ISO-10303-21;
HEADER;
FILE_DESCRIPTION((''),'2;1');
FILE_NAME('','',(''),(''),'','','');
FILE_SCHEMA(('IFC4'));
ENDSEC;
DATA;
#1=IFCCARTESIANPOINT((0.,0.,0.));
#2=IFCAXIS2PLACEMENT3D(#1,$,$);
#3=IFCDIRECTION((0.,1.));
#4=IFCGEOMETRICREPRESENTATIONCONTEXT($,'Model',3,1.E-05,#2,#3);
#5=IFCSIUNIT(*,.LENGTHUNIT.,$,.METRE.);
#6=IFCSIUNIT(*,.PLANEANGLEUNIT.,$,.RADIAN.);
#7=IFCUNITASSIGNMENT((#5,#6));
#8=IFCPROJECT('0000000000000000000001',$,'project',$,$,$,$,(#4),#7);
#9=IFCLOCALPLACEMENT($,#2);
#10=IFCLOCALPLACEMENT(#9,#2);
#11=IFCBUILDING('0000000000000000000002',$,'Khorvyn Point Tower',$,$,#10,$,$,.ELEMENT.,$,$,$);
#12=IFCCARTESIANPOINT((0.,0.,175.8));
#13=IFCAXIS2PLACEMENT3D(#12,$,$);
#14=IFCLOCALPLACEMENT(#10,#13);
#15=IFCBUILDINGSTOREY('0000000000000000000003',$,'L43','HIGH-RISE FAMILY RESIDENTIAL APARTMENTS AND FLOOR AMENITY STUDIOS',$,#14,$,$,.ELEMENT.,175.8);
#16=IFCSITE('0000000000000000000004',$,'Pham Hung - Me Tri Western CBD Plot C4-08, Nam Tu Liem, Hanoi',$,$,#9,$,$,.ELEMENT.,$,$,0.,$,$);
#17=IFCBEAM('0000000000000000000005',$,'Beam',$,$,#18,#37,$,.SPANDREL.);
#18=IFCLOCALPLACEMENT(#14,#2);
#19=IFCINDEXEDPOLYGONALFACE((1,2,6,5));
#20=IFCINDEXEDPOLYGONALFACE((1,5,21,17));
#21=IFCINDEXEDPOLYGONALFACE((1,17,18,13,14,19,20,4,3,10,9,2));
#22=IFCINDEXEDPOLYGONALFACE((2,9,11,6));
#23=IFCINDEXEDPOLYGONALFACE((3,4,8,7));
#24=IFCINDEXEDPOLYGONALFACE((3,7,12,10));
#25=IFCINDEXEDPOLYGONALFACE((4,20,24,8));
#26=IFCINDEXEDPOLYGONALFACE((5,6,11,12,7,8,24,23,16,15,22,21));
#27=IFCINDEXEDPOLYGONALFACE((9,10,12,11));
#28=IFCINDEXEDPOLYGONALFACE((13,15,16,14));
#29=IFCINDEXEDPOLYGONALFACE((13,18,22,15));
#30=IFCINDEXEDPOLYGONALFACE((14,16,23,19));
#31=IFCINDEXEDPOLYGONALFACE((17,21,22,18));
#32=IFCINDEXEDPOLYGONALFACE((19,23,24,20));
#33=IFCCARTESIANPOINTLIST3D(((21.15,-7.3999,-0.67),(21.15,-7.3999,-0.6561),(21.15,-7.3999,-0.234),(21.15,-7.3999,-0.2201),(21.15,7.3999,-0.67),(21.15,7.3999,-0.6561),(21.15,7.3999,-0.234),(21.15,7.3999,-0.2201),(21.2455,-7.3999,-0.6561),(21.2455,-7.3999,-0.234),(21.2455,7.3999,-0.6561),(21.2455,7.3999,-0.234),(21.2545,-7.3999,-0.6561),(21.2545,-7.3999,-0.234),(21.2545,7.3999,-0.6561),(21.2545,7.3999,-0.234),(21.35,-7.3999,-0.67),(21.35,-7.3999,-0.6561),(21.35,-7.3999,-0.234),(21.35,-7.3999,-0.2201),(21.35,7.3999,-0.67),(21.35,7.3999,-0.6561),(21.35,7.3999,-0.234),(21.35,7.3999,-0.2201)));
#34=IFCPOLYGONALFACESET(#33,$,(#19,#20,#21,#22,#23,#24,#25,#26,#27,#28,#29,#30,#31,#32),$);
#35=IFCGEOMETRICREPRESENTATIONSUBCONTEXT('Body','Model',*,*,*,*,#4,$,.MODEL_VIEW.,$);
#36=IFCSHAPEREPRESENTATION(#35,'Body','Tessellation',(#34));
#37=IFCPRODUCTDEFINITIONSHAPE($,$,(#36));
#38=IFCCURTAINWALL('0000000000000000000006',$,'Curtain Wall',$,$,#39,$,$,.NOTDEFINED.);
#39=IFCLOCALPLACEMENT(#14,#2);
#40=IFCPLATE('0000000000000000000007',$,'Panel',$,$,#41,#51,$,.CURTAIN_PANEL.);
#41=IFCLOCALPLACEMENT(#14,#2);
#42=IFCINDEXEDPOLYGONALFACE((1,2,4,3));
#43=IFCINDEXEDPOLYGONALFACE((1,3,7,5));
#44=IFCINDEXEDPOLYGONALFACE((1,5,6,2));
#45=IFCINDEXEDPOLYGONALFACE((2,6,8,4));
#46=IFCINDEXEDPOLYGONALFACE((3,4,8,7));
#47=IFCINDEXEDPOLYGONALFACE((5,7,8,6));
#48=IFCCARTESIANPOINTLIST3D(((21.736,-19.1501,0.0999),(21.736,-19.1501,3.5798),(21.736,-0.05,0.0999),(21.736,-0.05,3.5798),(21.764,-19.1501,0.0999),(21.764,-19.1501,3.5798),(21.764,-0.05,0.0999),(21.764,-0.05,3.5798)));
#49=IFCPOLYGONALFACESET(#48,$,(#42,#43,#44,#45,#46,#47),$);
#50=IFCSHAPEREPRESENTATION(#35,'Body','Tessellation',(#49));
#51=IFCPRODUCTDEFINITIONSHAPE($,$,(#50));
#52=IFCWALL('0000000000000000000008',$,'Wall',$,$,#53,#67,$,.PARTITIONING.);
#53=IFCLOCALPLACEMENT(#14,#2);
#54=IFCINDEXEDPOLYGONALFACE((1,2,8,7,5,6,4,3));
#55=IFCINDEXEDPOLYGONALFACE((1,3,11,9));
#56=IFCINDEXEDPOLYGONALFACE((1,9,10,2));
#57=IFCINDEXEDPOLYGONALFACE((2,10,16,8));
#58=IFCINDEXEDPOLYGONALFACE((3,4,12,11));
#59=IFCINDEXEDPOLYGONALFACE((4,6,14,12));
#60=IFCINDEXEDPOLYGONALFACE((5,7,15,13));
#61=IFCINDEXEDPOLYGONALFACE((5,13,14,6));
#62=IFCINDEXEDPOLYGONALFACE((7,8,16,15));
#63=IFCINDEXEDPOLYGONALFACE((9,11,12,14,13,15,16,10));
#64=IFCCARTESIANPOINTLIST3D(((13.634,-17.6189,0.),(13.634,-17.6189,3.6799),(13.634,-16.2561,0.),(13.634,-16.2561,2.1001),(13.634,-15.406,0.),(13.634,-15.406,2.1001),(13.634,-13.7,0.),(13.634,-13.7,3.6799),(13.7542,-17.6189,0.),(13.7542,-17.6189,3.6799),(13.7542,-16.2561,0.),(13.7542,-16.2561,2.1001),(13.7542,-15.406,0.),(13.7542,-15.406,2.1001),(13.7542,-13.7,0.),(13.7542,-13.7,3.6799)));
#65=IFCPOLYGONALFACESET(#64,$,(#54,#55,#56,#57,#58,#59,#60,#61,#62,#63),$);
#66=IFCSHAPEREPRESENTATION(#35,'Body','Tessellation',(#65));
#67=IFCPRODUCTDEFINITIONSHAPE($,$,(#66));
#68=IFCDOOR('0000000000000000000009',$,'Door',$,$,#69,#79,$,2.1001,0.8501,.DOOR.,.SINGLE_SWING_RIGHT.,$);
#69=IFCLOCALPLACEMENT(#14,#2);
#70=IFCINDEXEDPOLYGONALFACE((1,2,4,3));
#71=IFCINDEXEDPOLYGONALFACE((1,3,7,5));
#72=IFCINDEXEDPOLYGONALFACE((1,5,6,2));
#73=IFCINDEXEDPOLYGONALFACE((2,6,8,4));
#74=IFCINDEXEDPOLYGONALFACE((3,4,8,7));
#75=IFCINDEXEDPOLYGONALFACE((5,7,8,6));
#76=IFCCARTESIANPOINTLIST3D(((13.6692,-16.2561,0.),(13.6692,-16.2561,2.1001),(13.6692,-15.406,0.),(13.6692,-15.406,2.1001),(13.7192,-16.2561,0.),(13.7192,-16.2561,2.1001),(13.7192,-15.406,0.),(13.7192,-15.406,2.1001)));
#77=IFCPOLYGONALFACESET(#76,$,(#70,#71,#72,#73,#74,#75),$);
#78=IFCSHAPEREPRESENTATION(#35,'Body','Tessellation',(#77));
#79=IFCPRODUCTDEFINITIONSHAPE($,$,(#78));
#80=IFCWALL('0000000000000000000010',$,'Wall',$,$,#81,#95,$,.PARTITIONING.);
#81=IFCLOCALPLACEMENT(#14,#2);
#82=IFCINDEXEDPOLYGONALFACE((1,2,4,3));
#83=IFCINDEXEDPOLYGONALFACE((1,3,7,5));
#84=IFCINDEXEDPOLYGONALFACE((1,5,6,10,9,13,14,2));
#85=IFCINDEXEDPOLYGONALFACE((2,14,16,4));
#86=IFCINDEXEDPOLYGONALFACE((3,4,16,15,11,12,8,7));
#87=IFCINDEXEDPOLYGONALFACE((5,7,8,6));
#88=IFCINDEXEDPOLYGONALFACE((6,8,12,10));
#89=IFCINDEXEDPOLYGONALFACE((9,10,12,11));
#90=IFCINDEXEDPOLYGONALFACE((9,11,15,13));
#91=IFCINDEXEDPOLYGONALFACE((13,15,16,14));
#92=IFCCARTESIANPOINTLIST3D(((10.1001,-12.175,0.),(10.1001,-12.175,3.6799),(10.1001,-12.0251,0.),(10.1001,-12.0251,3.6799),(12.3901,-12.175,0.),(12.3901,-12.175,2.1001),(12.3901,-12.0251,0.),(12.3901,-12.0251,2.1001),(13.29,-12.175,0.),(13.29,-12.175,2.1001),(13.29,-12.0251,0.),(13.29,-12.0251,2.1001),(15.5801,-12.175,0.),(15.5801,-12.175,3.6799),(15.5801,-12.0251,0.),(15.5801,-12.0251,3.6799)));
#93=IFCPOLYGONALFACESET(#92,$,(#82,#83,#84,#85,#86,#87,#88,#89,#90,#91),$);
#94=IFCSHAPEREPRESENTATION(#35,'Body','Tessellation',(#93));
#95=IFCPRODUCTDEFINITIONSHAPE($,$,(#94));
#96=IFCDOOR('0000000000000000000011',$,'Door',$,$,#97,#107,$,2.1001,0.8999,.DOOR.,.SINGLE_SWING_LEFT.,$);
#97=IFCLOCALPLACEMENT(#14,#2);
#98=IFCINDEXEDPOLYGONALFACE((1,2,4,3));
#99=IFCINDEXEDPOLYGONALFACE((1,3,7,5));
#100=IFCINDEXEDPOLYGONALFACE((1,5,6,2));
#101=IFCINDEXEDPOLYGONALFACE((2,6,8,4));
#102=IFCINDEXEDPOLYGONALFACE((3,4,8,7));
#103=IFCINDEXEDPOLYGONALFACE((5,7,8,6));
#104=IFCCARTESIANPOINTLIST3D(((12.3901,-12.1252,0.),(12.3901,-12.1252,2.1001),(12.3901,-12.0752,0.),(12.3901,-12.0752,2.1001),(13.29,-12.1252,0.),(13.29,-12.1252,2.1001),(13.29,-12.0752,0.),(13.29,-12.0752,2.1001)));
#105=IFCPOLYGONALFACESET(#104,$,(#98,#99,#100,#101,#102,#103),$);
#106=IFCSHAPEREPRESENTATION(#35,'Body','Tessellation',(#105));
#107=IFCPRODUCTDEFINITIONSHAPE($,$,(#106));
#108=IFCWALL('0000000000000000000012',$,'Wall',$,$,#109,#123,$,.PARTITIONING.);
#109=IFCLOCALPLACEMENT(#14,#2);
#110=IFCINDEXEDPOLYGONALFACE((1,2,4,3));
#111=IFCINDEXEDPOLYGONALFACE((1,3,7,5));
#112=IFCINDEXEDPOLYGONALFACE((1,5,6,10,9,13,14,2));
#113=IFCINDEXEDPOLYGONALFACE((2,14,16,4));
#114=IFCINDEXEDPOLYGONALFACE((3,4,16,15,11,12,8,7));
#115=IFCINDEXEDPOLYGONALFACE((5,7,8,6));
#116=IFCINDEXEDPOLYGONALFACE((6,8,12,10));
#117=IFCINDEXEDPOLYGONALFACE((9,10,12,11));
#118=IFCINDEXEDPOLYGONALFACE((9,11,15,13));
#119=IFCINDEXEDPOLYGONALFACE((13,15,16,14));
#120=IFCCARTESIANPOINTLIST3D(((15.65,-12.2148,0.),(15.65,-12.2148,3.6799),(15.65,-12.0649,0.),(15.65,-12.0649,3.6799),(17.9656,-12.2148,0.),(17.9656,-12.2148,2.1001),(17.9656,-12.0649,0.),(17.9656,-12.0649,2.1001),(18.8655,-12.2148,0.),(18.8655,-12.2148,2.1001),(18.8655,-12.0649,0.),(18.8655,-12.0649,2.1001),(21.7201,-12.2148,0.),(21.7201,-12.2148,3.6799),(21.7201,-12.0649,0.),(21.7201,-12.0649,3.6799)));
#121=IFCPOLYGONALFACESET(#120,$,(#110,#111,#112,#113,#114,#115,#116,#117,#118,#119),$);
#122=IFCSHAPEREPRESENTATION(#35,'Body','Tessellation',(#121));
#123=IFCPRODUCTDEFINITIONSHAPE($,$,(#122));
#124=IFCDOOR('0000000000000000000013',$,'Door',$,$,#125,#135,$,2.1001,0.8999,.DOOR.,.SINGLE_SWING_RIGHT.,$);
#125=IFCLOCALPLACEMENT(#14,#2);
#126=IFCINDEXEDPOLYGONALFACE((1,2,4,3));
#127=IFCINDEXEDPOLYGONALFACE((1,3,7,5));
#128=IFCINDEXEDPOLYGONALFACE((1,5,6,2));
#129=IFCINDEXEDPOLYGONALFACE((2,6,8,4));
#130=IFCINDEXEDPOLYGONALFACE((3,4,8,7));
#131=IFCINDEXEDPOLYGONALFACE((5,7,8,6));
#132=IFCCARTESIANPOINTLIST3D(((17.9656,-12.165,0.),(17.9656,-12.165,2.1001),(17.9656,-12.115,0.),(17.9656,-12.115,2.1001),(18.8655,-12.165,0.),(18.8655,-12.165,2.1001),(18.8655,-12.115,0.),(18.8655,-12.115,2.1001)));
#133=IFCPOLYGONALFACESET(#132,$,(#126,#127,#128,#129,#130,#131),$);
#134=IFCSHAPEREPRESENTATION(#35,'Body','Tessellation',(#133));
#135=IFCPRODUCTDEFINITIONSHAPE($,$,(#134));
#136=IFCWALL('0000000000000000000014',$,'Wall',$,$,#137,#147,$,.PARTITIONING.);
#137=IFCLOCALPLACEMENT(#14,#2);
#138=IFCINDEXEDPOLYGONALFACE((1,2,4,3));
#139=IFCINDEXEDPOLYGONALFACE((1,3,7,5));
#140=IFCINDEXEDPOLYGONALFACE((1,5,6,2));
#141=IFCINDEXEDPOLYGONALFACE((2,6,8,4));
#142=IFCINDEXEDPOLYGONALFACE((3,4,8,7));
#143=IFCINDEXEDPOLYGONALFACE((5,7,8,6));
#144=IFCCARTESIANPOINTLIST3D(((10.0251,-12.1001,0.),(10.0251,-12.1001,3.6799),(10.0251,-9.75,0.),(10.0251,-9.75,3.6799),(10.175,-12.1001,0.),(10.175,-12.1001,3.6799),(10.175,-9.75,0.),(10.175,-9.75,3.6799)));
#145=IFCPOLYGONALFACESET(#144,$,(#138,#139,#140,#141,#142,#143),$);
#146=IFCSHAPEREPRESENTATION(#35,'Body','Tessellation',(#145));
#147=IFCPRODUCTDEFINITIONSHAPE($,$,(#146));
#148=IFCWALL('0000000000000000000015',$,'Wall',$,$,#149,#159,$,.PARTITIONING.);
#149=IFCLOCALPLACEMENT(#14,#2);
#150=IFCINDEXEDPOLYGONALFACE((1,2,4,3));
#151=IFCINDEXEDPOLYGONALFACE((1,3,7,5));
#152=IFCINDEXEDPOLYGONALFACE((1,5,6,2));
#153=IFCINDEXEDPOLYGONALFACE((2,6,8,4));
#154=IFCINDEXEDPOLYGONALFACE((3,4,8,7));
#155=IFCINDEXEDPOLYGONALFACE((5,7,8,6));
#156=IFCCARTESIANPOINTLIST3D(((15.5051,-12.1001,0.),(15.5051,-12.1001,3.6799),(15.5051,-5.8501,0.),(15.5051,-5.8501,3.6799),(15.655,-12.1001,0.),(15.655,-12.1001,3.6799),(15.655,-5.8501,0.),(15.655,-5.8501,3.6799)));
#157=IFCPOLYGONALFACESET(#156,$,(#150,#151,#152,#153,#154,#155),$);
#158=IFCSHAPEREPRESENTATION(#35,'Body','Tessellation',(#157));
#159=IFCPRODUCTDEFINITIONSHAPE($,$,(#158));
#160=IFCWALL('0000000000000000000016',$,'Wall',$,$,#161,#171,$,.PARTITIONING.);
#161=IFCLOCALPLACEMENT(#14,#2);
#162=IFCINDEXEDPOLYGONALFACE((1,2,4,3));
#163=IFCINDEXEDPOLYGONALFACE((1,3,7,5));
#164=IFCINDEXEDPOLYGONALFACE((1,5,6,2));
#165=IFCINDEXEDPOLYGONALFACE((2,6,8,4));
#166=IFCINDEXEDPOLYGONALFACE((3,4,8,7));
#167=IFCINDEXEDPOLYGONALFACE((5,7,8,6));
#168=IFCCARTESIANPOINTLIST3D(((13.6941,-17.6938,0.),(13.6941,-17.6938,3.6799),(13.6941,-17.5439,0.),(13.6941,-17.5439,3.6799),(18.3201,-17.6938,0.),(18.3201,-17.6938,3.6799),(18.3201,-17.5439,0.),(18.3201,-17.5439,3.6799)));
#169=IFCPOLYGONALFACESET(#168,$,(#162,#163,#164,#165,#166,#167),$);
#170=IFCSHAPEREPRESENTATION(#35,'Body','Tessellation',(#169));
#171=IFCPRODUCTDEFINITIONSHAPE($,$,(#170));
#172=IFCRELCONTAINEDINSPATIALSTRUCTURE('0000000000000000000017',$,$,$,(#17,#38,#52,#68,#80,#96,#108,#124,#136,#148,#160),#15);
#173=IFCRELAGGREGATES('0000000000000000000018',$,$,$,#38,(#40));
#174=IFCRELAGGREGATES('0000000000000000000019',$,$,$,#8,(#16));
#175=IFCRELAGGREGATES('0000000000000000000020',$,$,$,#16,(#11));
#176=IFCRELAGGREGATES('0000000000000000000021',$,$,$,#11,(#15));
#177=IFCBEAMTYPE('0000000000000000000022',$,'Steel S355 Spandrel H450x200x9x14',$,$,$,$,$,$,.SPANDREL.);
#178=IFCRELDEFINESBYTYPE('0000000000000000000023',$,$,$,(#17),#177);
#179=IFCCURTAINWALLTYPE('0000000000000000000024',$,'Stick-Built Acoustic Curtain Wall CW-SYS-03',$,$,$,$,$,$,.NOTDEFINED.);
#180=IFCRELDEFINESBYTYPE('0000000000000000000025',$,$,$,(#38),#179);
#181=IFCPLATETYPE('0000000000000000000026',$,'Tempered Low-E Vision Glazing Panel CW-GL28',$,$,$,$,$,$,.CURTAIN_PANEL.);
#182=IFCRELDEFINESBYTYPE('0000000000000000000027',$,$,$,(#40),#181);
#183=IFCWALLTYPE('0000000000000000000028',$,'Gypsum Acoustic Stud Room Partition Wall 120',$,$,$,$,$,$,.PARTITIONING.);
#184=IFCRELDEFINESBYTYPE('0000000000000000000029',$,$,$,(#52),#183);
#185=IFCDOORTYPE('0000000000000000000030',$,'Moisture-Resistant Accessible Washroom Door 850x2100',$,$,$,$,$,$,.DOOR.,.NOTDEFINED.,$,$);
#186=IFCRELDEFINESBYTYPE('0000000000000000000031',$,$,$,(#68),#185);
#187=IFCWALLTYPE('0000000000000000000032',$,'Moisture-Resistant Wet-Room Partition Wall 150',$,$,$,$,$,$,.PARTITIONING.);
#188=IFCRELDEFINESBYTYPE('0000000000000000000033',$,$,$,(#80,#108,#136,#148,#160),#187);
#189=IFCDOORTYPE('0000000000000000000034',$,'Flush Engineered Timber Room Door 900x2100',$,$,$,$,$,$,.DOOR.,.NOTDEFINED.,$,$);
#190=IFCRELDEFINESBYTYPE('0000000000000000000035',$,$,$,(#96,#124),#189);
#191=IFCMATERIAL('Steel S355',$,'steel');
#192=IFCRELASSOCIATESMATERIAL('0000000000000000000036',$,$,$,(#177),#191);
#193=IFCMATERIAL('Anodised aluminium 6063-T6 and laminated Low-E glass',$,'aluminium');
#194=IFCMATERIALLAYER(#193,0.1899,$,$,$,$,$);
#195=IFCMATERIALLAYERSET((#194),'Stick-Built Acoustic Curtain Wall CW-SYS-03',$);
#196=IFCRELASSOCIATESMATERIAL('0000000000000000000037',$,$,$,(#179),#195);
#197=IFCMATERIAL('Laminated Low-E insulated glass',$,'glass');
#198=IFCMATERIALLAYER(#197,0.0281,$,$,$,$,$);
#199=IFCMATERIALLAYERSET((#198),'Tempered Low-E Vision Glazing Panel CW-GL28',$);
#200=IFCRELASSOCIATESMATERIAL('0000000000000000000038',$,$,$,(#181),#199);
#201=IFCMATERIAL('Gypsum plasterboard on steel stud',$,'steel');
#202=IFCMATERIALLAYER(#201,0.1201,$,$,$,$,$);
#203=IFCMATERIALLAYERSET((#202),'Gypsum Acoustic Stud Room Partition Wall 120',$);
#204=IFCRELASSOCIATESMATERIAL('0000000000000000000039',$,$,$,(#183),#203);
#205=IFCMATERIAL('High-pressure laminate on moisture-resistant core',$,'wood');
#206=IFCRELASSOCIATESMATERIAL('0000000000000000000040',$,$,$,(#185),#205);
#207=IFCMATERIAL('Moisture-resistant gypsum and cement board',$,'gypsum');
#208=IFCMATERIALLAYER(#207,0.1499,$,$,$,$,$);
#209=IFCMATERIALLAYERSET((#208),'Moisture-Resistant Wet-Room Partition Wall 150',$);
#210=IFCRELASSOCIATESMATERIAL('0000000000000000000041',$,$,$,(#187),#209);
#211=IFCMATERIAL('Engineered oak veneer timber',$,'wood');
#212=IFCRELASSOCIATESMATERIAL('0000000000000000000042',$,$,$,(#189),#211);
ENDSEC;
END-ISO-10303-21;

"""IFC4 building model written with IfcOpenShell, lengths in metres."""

from ifc_helpers import new_model, si_unit, direction, frame, frame_2d, origin, origin_2d, place, context, subcontext, project, spatial, rectangle, i_section, extrude, material, layer, layer_set, material_profile, profile_set, type_object, element, fill, aggregate, save


model = new_model("IFC4")

# Units and contexts
model_context = context("Model", 3, precision=1e-05, world=origin(), true_north=direction((0.0, 1.0)))
body_context = subcontext(model_context, "Body", "Model", "MODEL_VIEW")
ifc_project = project(units=[si_unit("LENGTHUNIT", "METRE"), si_unit("PLANEANGLEUNIT", "RADIAN")], contexts=[model_context])

# Site, building, storey
site_placement = place(None, origin())
site = spatial("IfcSite", under=ifc_project, at=site_placement, Name="Pham Hung - Me Tri Western CBD Plot C4-08, Nam Tu Liem, Hanoi", CompositionType="ELEMENT", RefElevation=0.0)
building_placement = place(site_placement, origin())
building = spatial("IfcBuilding", under=site, at=building_placement, Name="Khorvyn Point Tower", CompositionType="ELEMENT")
storey_placement = place(building_placement, frame((0.0, 0.0, 175.8)))
storey = spatial("IfcBuildingStorey", under=building, at=storey_placement, Name="L43", Description="HIGH-RISE FAMILY RESIDENTIAL APARTMENTS AND FLOOR AMENITY STUDIOS", CompositionType="ELEMENT", Elevation=175.8)

# Beam
ifc_material_1 = material(Name="Steel S355", Category="steel")
ifc_material_profile_1 = material_profile(ifc_material_1, i_section(OverallWidth=0.2, OverallDepth=0.45, WebThickness=0.009, FlangeThickness=0.0139, at=origin_2d()))
ifc_profile_set_1 = profile_set([ifc_material_profile_1], Name="Steel S355 H450x200x9x14")
beam_type_1 = type_object("IfcBeamType", Name="Steel S355 Spandrel H450x200x9x14", PredefinedType="SPANDREL", material=ifc_profile_set_1)
beam_1_placement = place(storey_placement, frame((21.25, -7.3999, -0.4451), z_axis=(0.0, 1.0, 0.0), x_axis=(-1.0, 0.0, 0.0)))
element("IfcBeam", 1, at=beam_1_placement, inside=storey, type_object=beam_type_1, Name="Beam", PredefinedType="SPANDREL", context=body_context, shape_type="SweptSolid", body=[
    extrude(i_section(OverallWidth=0.2, OverallDepth=0.45, WebThickness=0.009, FlangeThickness=0.0139, at=origin_2d()), origin(), (0.0, 0.0, 1.0), 14.7998),
])

# Curtain wall, plate
ifc_material_2 = material(Name="Anodised aluminium 6063-T6 and laminated Low-E glass", Category="aluminium")
ifc_layer_1 = layer(ifc_material_2, 0.1899)
ifc_layer_set_1 = layer_set([ifc_layer_1], Name="Stick-Built Acoustic Curtain Wall CW-SYS-03")
curtain_wall_type = type_object("IfcCurtainWallType", Name="Stick-Built Acoustic Curtain Wall CW-SYS-03", PredefinedType="NOTDEFINED", material=ifc_layer_set_1)
curtain_wall_placement = place(storey_placement, origin())
curtain_wall = element("IfcCurtainWall", 2, at=curtain_wall_placement, inside=storey, type_object=curtain_wall_type, Name="Curtain Wall", PredefinedType="NOTDEFINED")
ifc_material_3 = material(Name="Laminated Low-E insulated glass", Category="glass")
ifc_layer_2 = layer(ifc_material_3, 0.0281)
ifc_layer_set_2 = layer_set([ifc_layer_2], Name="Tempered Low-E Vision Glazing Panel CW-GL28")
plate_type = type_object("IfcPlateType", Name="Tempered Low-E Vision Glazing Panel CW-GL28", PredefinedType="CURTAIN_PANEL", material=ifc_layer_set_2)
plate_placement = place(storey_placement, frame((21.75, -9.6001, 0.0999), z_axis=(0.0, 0.0, 1.0), x_axis=(0.0, -1.0, 0.0)))
plate = element("IfcPlate", 3, at=plate_placement, type_object=plate_type, Name="Panel", PredefinedType="CURTAIN_PANEL", context=body_context, shape_type="SweptSolid", body=[
    extrude(rectangle(XDim=19.1001, YDim=0.0281, at=origin_2d()), origin(), (0.0, 0.0, 1.0), 3.48),
])
aggregate(curtain_wall, [plate])

# Walls, openings, doors
ifc_material_4 = material(Name="Gypsum plasterboard on steel stud", Category="steel")
ifc_layer_3 = layer(ifc_material_4, 0.1201)
ifc_layer_set_3 = layer_set([ifc_layer_3], Name="Gypsum Acoustic Stud Room Partition Wall 120")
wall_type_1 = type_object("IfcWallType", Name="Gypsum Acoustic Stud Room Partition Wall 120", PredefinedType="PARTITIONING", material=ifc_layer_set_3)
wall_1_placement = place(storey_placement, frame((13.6941, -17.6189, 0.0), z_axis=(0.0, 0.0, 1.0), x_axis=(0.0, 1.0, 0.0)))
wall_1 = element("IfcWall", 4, at=wall_1_placement, inside=storey, type_object=wall_type_1, Name="Wall", PredefinedType="PARTITIONING", context=body_context, shape_type="SweptSolid", body=[
    extrude(rectangle(XDim=3.9189, YDim=0.1201, at=frame_2d((1.9595, 0.0))), origin(), (0.0, 0.0, 1.0), 3.6799),
])
opening_1_placement = place(wall_1_placement, frame((1.3628, 0.0, 0.0)))
opening_1 = element("IfcOpeningElement", 5, at=opening_1_placement, cuts=wall_1, PredefinedType="OPENING", context=body_context, shape_type="SweptSolid", body=[
    extrude(rectangle(XDim=0.8501, YDim=2.1001, at=frame_2d((0.425, 1.05))), frame((0.0, 0.0701, 0.0), z_axis=(0.0, -1.0, 0.0), x_axis=(1.0, 0.0, 0.0)), (0.0, 0.0, 1.0), 0.1401),
])
ifc_material_5 = material(Name="High-pressure laminate on moisture-resistant core", Category="wood")
door_type_1 = type_object("IfcDoorType", Name="Moisture-Resistant Accessible Washroom Door 850x2100", OperationType="NOTDEFINED", PredefinedType="DOOR", material=ifc_material_5)
door_1_placement = place(opening_1_placement, origin())
door_1 = element("IfcDoor", 6, at=door_1_placement, inside=storey, type_object=door_type_1, Name="Door", OperationType="SINGLE_SWING_RIGHT", OverallHeight=2.1001, OverallWidth=0.8501, PredefinedType="DOOR", context=body_context, shape_type="SweptSolid", body=[
    extrude(rectangle(XDim=0.8501, YDim=2.1001, at=frame_2d((0.425, 1.05))), frame((0.0, 0.0249, 0.0), z_axis=(0.0, -1.0, 0.0), x_axis=(1.0, 0.0, 0.0)), (0.0, 0.0, 1.0), 0.05),
])
fill(opening_1, door_1)
ifc_material_6 = material(Name="Moisture-resistant gypsum and cement board", Category="gypsum")
ifc_layer_4 = layer(ifc_material_6, 0.1499)
ifc_layer_set_4 = layer_set([ifc_layer_4], Name="Moisture-Resistant Wet-Room Partition Wall 150")
wall_type_2 = type_object("IfcWallType", Name="Moisture-Resistant Wet-Room Partition Wall 150", PredefinedType="PARTITIONING", material=ifc_layer_set_4)
wall_2_placement = place(storey_placement, frame((10.1001, -12.1001, 0.0), z_axis=(0.0, 0.0, 1.0), x_axis=(1.0, 0.0, 0.0)))
wall_2 = element("IfcWall", 7, at=wall_2_placement, inside=storey, type_object=wall_type_2, Name="Wall", PredefinedType="PARTITIONING", context=body_context, shape_type="SweptSolid", body=[
    extrude(rectangle(XDim=5.48, YDim=0.1499, at=frame_2d((2.74, 0.0))), origin(), (0.0, 0.0, 1.0), 3.6799),
])
opening_2_placement = place(wall_2_placement, frame((2.29, 0.0, 0.0)))
opening_2 = element("IfcOpeningElement", 8, at=opening_2_placement, cuts=wall_2, PredefinedType="OPENING", context=body_context, shape_type="SweptSolid", body=[
    extrude(rectangle(XDim=0.8999, YDim=2.1001, at=frame_2d((0.45, 1.05))), frame((0.0, 0.085, 0.0), z_axis=(0.0, -1.0, 0.0), x_axis=(1.0, 0.0, 0.0)), (0.0, 0.0, 1.0), 0.1699),
])
ifc_material_7 = material(Name="Engineered oak veneer timber", Category="wood")
door_type_2 = type_object("IfcDoorType", Name="Flush Engineered Timber Room Door 900x2100", OperationType="NOTDEFINED", PredefinedType="DOOR", material=ifc_material_7)
door_2_placement = place(opening_2_placement, origin())
door_2 = element("IfcDoor", 9, at=door_2_placement, inside=storey, type_object=door_type_2, Name="Door", OperationType="SINGLE_SWING_LEFT", OverallHeight=2.1001, OverallWidth=0.8999, PredefinedType="DOOR", context=body_context, shape_type="SweptSolid", body=[
    extrude(rectangle(XDim=0.8999, YDim=2.1001, at=frame_2d((0.45, 1.05))), frame((0.0, 0.0249, 0.0), z_axis=(0.0, -1.0, 0.0), x_axis=(1.0, 0.0, 0.0)), (0.0, 0.0, 1.0), 0.05),
])
fill(opening_2, door_2)
wall_3_placement = place(storey_placement, frame((15.6499, -12.1399, 0.0), z_axis=(0.0, 0.0, 1.0), x_axis=(1.0, 0.0, 0.0)))
wall_3 = element("IfcWall", 10, at=wall_3_placement, inside=storey, type_object=wall_type_2, Name="Wall", PredefinedType="PARTITIONING", context=body_context, shape_type="SweptSolid", body=[
    extrude(rectangle(XDim=6.0701, YDim=0.1499, at=frame_2d((3.0352, 0.0))), origin(), (0.0, 0.0, 1.0), 3.6799),
])
opening_3_placement = place(wall_3_placement, frame((2.3157, 0.0, 0.0)))
opening_3 = element("IfcOpeningElement", 11, at=opening_3_placement, cuts=wall_3, PredefinedType="OPENING", context=body_context, shape_type="SweptSolid", body=[
    extrude(rectangle(XDim=0.8999, YDim=2.1001, at=frame_2d((0.45, 1.05))), frame((0.0, 0.085, 0.0), z_axis=(0.0, -1.0, 0.0), x_axis=(1.0, 0.0, 0.0)), (0.0, 0.0, 1.0), 0.1699),
])
door_3_placement = place(opening_3_placement, origin())
door_3 = element("IfcDoor", 12, at=door_3_placement, inside=storey, type_object=door_type_2, Name="Door", OperationType="SINGLE_SWING_RIGHT", OverallHeight=2.1001, OverallWidth=0.8999, PredefinedType="DOOR", context=body_context, shape_type="SweptSolid", body=[
    extrude(rectangle(XDim=0.8999, YDim=2.1001, at=frame_2d((0.45, 1.05))), frame((0.0, 0.0249, 0.0), z_axis=(0.0, -1.0, 0.0), x_axis=(1.0, 0.0, 0.0)), (0.0, 0.0, 1.0), 0.05),
])
fill(opening_3, door_3)

# Walls
wall_4_placement = place(storey_placement, frame((10.1001, -12.1001, 0.0), z_axis=(0.0, 0.0, 1.0), x_axis=(0.0, 1.0, 0.0)))
element("IfcWall", 13, at=wall_4_placement, inside=storey, type_object=wall_type_2, Name="Wall", PredefinedType="PARTITIONING", context=body_context, shape_type="SweptSolid", body=[
    extrude(rectangle(XDim=2.3501, YDim=0.1499, at=frame_2d((1.175, 0.0))), origin(), (0.0, 0.0, 1.0), 3.6799),
])
wall_5_placement = place(storey_placement, frame((15.5801, -12.1001, 0.0), z_axis=(0.0, 0.0, 1.0), x_axis=(0.0, 1.0, 0.0)))
element("IfcWall", 14, at=wall_5_placement, inside=storey, type_object=wall_type_2, Name="Wall", PredefinedType="PARTITIONING", context=body_context, shape_type="SweptSolid", body=[
    extrude(rectangle(XDim=6.25, YDim=0.1499, at=frame_2d((3.125, 0.0))), origin(), (0.0, 0.0, 1.0), 3.6799),
])
wall_6_placement = place(storey_placement, frame((13.6941, -17.6189, 0.0), z_axis=(0.0, 0.0, 1.0), x_axis=(1.0, 0.0, 0.0)))
element("IfcWall", 15, at=wall_6_placement, inside=storey, type_object=wall_type_2, Name="Wall", PredefinedType="PARTITIONING", context=body_context, shape_type="SweptSolid", body=[
    extrude(rectangle(XDim=4.626, YDim=0.1499, at=frame_2d((2.313, 0.0))), origin(), (0.0, 0.0, 1.0), 3.6799),
])

save(model, "model.ifc")
